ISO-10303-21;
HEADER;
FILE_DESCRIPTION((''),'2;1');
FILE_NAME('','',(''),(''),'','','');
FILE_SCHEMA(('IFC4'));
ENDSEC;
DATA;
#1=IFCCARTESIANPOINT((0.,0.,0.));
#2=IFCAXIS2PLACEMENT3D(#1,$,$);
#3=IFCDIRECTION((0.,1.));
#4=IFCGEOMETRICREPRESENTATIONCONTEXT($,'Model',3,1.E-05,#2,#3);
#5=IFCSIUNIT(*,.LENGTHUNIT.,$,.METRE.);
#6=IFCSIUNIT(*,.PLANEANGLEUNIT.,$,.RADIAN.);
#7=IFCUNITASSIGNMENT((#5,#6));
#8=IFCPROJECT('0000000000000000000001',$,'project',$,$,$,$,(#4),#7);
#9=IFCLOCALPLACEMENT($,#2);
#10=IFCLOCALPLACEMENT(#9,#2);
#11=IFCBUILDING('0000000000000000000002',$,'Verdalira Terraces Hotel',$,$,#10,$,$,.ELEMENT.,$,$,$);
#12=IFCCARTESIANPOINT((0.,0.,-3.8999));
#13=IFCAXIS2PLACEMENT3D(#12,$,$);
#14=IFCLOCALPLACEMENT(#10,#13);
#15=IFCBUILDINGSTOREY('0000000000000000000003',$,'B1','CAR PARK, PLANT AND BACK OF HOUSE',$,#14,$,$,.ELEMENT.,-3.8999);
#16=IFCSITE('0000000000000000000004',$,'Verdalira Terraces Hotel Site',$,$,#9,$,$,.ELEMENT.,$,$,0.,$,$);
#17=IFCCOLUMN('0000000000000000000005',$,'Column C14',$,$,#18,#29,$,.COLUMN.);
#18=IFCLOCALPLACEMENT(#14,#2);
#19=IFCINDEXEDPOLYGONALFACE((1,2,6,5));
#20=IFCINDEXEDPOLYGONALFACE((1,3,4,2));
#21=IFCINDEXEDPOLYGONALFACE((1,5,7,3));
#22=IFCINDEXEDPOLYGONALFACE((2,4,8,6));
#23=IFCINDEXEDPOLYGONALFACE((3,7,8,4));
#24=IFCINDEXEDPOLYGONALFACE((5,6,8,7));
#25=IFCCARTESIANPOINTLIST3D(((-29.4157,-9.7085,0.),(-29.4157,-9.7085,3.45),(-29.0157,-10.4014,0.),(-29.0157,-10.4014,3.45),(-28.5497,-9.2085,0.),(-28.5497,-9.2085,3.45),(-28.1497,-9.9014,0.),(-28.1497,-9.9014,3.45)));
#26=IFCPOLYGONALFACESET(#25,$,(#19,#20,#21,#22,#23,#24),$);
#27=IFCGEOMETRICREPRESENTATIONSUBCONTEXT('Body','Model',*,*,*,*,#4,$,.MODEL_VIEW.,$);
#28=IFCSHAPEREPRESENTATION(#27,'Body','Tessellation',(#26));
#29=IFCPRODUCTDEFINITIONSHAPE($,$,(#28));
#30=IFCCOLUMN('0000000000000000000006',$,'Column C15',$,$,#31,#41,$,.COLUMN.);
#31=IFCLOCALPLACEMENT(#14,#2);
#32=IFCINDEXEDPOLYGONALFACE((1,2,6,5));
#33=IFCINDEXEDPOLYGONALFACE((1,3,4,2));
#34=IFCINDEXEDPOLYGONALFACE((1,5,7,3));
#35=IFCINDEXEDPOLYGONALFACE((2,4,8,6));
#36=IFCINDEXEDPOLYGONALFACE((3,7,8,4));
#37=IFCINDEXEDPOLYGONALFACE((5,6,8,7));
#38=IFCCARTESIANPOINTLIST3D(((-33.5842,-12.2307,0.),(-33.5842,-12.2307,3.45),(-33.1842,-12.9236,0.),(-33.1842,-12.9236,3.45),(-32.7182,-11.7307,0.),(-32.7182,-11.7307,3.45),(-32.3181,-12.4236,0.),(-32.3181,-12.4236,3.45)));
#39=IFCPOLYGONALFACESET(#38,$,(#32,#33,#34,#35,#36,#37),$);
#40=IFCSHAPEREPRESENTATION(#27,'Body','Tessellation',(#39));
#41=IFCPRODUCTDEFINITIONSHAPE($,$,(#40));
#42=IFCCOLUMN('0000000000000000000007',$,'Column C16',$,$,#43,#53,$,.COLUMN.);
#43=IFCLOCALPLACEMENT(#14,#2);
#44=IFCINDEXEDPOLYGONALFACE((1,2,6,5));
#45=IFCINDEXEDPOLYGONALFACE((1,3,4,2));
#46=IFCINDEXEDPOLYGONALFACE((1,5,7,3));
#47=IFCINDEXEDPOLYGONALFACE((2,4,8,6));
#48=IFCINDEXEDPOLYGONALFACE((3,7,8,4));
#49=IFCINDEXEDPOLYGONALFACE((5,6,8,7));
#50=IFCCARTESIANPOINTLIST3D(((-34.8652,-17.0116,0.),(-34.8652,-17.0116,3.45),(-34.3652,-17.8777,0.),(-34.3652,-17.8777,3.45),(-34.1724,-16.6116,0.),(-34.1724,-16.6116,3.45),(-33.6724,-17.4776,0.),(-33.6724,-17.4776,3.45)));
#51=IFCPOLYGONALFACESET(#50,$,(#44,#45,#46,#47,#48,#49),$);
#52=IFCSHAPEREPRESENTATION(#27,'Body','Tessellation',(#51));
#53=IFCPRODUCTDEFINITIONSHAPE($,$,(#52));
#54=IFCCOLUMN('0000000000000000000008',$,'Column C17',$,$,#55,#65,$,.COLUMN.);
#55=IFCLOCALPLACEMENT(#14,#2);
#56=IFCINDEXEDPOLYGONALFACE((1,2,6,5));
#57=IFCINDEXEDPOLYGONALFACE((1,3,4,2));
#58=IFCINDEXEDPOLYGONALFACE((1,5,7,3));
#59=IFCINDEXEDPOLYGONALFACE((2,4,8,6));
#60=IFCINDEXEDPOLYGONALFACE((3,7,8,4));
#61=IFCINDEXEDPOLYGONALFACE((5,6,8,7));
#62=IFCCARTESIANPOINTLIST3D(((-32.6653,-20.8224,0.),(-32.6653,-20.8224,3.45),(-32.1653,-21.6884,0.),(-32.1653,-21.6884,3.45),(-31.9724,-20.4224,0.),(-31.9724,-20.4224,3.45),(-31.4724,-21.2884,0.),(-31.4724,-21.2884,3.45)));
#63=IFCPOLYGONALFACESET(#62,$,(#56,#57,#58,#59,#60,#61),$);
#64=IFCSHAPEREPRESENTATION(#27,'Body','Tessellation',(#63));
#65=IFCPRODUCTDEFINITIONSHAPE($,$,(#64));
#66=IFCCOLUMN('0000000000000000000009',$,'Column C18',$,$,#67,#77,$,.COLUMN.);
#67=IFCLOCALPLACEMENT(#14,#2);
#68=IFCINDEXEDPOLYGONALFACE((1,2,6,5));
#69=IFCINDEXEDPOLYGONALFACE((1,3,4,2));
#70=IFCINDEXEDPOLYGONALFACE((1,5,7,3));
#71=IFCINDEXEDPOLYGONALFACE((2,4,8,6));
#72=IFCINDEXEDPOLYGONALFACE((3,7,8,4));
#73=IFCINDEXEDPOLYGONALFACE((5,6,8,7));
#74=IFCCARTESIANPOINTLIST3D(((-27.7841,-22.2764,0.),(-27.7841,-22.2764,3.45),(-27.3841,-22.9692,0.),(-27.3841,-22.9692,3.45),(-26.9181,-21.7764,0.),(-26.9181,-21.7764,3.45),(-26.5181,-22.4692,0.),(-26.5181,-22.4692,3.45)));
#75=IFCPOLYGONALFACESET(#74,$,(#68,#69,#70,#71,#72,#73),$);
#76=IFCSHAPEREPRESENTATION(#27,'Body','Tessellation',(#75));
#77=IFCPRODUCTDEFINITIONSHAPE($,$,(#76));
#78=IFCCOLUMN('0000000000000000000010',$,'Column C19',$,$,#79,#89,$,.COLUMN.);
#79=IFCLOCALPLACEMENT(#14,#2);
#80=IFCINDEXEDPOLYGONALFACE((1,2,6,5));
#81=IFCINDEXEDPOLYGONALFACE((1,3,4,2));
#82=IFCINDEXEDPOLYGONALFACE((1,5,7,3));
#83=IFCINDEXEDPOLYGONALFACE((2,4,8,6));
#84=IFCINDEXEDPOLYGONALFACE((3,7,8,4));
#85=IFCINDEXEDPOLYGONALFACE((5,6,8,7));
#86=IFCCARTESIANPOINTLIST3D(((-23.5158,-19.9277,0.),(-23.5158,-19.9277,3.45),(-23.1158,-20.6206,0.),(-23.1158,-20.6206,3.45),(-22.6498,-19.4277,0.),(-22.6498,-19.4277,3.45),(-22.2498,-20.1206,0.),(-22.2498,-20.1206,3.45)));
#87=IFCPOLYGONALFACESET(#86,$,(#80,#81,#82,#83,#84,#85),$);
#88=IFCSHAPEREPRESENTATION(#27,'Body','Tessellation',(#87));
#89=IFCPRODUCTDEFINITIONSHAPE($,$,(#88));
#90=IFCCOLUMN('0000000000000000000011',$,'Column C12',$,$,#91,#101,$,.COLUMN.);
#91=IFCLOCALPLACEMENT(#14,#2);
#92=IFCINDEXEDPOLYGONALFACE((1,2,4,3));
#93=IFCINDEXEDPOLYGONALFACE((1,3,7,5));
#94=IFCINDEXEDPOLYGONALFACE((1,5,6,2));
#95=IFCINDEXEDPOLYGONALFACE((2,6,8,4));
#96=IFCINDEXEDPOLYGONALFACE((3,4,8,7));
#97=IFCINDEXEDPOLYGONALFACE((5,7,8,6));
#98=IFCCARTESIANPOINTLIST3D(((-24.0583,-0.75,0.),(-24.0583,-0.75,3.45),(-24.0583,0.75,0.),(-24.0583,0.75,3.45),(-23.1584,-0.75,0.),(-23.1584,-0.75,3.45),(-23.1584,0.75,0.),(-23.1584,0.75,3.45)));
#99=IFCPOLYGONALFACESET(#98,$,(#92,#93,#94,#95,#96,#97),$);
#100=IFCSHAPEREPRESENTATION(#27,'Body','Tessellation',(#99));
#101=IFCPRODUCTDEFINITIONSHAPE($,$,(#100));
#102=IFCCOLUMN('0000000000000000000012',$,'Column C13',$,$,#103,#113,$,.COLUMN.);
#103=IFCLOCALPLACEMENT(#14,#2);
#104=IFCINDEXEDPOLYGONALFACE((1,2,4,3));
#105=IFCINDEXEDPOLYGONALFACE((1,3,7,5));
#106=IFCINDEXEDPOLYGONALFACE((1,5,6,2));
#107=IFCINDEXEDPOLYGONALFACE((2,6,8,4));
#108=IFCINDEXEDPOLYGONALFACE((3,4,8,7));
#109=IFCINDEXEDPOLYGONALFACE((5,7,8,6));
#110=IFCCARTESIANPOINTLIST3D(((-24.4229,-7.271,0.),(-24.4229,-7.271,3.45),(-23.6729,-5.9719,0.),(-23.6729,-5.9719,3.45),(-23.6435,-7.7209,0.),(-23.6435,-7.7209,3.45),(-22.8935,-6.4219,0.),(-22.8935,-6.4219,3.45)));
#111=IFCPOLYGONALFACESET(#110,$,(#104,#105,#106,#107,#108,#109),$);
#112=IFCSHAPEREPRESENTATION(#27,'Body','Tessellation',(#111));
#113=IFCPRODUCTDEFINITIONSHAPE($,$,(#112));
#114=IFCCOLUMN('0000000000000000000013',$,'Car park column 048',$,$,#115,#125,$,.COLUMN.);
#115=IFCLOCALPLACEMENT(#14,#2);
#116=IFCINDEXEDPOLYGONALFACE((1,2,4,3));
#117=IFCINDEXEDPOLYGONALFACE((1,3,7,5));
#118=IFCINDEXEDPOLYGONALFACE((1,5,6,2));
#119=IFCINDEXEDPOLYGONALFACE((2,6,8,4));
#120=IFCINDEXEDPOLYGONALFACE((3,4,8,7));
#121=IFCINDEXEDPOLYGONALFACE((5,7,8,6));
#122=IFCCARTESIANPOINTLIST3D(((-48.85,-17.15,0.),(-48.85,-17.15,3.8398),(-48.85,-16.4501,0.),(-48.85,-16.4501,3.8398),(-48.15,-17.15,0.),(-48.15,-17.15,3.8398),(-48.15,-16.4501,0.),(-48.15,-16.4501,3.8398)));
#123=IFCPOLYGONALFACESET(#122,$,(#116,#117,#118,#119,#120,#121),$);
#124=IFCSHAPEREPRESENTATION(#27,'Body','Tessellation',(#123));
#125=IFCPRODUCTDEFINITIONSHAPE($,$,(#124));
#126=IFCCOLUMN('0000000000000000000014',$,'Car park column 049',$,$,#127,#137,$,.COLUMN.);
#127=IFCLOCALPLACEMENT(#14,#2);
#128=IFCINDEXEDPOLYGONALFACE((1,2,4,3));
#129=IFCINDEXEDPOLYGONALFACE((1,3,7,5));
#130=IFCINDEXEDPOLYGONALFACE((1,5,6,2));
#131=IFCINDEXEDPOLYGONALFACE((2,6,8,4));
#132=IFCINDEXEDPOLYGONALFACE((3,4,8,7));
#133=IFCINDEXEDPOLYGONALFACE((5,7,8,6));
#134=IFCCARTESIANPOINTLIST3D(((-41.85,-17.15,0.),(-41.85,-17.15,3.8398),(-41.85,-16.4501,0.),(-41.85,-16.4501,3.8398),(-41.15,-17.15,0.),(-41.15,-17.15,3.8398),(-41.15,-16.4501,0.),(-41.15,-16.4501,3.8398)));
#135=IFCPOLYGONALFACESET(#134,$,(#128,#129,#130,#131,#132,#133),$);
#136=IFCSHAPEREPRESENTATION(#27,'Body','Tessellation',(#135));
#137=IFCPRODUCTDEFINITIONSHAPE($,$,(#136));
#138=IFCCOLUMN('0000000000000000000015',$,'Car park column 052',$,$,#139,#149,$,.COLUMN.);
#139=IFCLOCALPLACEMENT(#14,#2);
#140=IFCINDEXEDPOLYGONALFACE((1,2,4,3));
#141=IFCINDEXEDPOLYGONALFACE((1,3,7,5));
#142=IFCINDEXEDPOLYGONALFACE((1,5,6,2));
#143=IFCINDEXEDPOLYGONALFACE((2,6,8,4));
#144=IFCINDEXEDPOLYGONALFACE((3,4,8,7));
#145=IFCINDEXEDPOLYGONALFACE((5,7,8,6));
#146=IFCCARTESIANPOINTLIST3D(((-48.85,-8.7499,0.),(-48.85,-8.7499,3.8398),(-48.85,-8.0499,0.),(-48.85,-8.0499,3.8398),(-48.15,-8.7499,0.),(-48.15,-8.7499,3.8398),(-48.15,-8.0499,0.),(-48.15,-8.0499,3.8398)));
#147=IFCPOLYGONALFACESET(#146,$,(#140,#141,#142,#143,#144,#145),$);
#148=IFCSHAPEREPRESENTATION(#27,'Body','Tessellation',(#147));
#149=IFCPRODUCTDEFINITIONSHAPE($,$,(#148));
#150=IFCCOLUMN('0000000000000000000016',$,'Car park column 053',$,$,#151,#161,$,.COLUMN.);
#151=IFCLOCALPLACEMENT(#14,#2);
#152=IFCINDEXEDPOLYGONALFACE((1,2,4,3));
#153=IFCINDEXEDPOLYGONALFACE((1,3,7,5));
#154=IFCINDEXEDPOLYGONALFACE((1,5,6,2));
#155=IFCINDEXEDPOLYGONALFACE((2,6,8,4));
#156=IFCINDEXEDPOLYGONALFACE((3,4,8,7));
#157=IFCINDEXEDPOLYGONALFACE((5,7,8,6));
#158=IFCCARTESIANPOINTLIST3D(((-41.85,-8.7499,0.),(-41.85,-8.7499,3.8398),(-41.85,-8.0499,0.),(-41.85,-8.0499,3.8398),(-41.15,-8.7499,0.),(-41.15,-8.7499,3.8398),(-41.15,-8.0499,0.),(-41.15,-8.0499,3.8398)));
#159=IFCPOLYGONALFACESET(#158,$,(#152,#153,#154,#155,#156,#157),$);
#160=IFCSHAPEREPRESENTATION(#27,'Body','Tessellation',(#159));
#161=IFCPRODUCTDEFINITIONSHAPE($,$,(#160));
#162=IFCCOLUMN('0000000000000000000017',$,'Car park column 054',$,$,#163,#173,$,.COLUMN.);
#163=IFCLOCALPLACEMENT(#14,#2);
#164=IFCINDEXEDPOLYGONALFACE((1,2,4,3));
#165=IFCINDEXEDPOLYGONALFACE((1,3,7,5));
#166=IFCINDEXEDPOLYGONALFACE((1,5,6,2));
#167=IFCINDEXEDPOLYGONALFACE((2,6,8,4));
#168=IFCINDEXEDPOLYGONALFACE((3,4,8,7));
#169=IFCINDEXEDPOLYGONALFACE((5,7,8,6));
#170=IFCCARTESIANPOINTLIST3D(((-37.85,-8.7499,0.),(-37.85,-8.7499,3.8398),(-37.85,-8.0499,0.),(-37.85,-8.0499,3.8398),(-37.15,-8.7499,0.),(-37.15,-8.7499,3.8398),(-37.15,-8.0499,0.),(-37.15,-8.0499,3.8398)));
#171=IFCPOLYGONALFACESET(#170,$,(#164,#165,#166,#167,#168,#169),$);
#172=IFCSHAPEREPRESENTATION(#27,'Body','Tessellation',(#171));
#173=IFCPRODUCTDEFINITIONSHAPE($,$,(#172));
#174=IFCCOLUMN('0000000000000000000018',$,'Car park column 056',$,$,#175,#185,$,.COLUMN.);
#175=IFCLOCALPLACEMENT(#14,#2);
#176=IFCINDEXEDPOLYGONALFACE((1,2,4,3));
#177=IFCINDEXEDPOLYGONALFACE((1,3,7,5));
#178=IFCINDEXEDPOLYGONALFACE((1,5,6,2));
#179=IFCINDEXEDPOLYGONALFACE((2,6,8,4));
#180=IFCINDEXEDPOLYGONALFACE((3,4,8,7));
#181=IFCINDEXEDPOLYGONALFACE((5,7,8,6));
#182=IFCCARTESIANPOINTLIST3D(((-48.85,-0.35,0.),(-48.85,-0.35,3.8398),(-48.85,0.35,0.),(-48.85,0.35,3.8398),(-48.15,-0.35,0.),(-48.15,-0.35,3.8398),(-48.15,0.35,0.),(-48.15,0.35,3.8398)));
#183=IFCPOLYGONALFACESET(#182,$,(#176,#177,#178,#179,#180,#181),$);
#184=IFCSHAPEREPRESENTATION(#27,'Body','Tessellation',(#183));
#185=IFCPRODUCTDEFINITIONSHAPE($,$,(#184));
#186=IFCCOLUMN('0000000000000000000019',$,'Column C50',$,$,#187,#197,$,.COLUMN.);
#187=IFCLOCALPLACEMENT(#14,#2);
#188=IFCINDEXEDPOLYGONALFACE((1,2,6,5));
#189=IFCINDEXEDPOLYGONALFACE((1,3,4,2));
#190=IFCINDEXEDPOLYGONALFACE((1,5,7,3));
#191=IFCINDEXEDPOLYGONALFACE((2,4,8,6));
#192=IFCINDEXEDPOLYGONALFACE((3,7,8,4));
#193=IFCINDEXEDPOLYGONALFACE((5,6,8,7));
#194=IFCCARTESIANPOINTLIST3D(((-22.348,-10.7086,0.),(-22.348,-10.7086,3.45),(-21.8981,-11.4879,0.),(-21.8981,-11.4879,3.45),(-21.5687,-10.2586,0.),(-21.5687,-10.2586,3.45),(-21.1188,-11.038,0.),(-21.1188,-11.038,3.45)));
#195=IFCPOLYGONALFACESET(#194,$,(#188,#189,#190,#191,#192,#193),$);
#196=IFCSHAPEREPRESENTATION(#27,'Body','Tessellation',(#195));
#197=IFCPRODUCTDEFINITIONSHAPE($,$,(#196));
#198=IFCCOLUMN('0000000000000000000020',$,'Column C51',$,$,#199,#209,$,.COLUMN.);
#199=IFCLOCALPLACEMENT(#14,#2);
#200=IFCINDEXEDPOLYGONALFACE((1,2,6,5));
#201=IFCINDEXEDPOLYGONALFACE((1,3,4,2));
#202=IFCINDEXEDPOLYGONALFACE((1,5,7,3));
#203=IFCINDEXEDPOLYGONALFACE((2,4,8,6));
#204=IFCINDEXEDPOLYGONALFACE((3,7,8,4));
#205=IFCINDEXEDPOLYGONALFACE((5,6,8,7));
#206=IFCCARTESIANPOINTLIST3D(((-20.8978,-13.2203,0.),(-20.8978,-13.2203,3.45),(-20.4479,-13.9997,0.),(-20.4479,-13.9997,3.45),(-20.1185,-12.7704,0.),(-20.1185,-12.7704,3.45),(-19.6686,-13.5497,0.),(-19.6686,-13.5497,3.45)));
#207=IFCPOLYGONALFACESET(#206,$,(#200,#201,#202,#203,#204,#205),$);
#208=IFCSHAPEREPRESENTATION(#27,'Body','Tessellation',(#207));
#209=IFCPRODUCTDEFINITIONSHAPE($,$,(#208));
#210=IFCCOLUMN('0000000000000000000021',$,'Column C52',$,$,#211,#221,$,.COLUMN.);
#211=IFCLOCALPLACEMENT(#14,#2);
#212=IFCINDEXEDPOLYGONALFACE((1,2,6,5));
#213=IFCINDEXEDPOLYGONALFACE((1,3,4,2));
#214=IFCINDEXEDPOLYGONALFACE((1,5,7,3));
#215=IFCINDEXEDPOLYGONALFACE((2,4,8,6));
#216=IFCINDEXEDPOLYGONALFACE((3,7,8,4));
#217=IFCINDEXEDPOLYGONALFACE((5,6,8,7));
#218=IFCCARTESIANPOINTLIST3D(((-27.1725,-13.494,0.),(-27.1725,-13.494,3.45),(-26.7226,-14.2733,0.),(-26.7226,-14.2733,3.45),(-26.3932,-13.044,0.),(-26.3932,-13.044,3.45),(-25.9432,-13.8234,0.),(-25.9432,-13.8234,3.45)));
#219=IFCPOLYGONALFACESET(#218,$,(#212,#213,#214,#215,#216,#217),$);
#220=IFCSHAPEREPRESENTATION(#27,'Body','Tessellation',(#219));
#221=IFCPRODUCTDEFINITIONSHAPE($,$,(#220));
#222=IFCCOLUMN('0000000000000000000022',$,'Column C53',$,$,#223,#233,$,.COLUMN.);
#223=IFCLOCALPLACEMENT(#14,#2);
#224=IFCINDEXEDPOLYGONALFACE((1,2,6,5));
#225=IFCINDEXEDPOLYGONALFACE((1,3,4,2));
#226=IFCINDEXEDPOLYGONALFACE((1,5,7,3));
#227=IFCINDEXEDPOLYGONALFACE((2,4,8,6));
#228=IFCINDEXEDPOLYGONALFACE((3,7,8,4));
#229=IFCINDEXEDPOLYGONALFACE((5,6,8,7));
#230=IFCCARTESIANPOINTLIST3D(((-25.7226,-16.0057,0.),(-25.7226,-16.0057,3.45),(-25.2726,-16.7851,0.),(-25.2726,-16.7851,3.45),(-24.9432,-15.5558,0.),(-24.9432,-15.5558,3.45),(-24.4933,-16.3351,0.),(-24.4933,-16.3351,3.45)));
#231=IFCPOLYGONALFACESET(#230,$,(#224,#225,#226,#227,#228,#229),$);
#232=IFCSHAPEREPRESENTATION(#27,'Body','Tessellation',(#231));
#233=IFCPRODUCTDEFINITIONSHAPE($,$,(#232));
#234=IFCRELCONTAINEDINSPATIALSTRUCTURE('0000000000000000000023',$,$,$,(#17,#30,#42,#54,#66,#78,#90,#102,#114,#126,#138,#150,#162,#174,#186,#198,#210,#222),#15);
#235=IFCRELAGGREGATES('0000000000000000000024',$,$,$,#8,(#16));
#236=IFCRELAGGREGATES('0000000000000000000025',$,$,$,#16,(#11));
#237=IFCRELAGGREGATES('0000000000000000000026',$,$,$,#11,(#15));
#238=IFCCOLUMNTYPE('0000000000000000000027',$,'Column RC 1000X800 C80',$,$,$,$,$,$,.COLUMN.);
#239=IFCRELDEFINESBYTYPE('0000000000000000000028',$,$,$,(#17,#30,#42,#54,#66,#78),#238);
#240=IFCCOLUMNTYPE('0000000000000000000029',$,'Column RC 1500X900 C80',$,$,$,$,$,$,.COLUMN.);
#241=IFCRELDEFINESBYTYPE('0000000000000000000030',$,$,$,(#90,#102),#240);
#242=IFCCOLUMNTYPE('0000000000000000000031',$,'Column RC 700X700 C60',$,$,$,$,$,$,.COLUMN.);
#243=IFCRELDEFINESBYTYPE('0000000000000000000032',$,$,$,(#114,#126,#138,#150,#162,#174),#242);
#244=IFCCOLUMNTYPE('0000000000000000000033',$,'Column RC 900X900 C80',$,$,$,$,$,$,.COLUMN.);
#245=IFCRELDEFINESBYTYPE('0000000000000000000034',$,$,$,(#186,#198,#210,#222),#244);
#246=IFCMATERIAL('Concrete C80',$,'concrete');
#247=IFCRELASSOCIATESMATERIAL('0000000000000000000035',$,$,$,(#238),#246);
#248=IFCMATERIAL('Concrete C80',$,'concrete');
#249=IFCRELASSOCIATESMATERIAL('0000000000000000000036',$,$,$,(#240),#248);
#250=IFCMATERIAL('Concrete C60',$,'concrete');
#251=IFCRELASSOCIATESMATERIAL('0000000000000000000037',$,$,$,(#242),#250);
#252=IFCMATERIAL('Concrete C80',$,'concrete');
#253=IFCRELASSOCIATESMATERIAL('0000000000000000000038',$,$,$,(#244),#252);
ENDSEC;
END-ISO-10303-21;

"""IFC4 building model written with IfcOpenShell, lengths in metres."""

from ifc_helpers import new_model, si_unit, direction, frame, origin, origin_2d, place, context, subcontext, project, spatial, rectangle, extrude, material, material_profile, profile_set, type_object, element, save


model = new_model("IFC4")

# Units and contexts
model_context = context("Model", 3, precision=1e-05, world=origin(), true_north=direction((0.0, 1.0)))
body_context = subcontext(model_context, "Body", "Model", "MODEL_VIEW")
ifc_project = project(units=[si_unit("LENGTHUNIT", "METRE"), si_unit("PLANEANGLEUNIT", "RADIAN")], contexts=[model_context])

# Site, building, storey
site_placement = place(None, origin())
site = spatial("IfcSite", under=ifc_project, at=site_placement, Name="Verdalira Terraces Hotel Site", CompositionType="ELEMENT", RefElevation=0.0)
building_placement = place(site_placement, origin())
building = spatial("IfcBuilding", under=site, at=building_placement, Name="Verdalira Terraces Hotel", CompositionType="ELEMENT")
storey_placement = place(building_placement, frame((0.0, 0.0, -3.8999)))
storey = spatial("IfcBuildingStorey", under=building, at=storey_placement, Name="B1", Description="CAR PARK, PLANT AND BACK OF HOUSE", CompositionType="ELEMENT", Elevation=-3.8999)

# Columns
ifc_material_1 = material(Name="Concrete C80", Category="concrete")
ifc_material_profile_1 = material_profile(ifc_material_1, rectangle(XDim=1.0, YDim=0.8, at=origin_2d()), Name="RC 1000X800")
ifc_profile_set_1 = profile_set([ifc_material_profile_1], Name="Concrete C80")
column_type_1 = type_object("IfcColumnType", Name="Column RC 1000X800 C80", PredefinedType="COLUMN", material=ifc_profile_set_1)
for number, where, z_axis, x_axis, name in (
    (1, (-28.7827, -9.8049, 0.0), (0.0, 0.0, 1.0), (-0.866025, -0.5, 0.0), "Column C14"),
    (2, (-32.9512, -12.3271, 0.0), (0.0, 0.0, 1.0), (-0.866025, -0.5, 0.0), "Column C15"),
    (3, (-34.2688, -17.2446, 0.0), (0.0, 0.0, 1.0), (0.5, -0.866025, 0.0), "Column C16"),
    (4, (-32.0688, -21.0554, 0.0), (0.0, 0.0, 1.0), (0.5, -0.866025, 0.0), "Column C17"),
    (5, (-27.1511, -22.3728, 0.0), (0.0, 0.0, 1.0), (0.866025, 0.5, 0.0), "Column C18"),
    (6, (-22.8828, -20.0242, 0.0), (0.0, 0.0, 1.0), (0.866025, 0.5, 0.0), "Column C19"),
):
    element("IfcColumn", number, at=place(storey_placement, frame(where, z_axis=z_axis, x_axis=x_axis)), inside=storey, type_object=column_type_1, Name=name, PredefinedType="COLUMN", context=body_context, shape_type="SweptSolid", body=[
        extrude(rectangle(XDim=1.0, YDim=0.8, at=origin_2d()), origin(), (0.0, 0.0, 1.0), 3.45),
    ])
ifc_material_2 = material(Name="Concrete C80", Category="concrete")
ifc_material_profile_2 = material_profile(ifc_material_2, rectangle(XDim=1.5, YDim=0.8999, at=origin_2d()), Name="RC 1500X900")
ifc_profile_set_2 = profile_set([ifc_material_profile_2], Name="Concrete C80")
column_type_2 = type_object("IfcColumnType", Name="Column RC 1500X900 C80", PredefinedType="COLUMN", material=ifc_profile_set_2)
for number, where, z_axis, x_axis, name in (
    (7, (-23.6084, 0.0, 0.0), (0.0, 0.0, 1.0), (0.0, -1.0, 0.0), "Column C12"),
    (8, (-23.6582, -6.8464, 0.0), (0.0, 0.0, 1.0), (0.5, 0.866025, 0.0), "Column C13"),
):
    element("IfcColumn", number, at=place(storey_placement, frame(where, z_axis=z_axis, x_axis=x_axis)), inside=storey, type_object=column_type_2, Name=name, PredefinedType="COLUMN", context=body_context, shape_type="SweptSolid", body=[
        extrude(rectangle(XDim=1.5, YDim=0.8999, at=origin_2d()), origin(), (0.0, 0.0, 1.0), 3.45),
    ])
ifc_material_3 = material(Name="Concrete C60", Category="concrete")
ifc_material_profile_3 = material_profile(ifc_material_3, rectangle(XDim=0.7, YDim=0.7, at=origin_2d()), Name="RC 700X700")
ifc_profile_set_3 = profile_set([ifc_material_profile_3], Name="Concrete C60")
column_type_3 = type_object("IfcColumnType", Name="Column RC 700X700 C60", PredefinedType="COLUMN", material=ifc_profile_set_3)
for number, where, z_axis, x_axis, name in (
    (9, (-48.5, -16.8, 0.0), (0.0, 0.0, 1.0), (1.0, 0.0, 0.0), "Car park column 048"),
    (10, (-41.5, -16.8, 0.0), (0.0, 0.0, 1.0), (1.0, 0.0, 0.0), "Car park column 049"),
    (11, (-48.5, -8.3999, 0.0), (0.0, 0.0, 1.0), (1.0, 0.0, 0.0), "Car park column 052"),
    (12, (-41.5, -8.3999, 0.0), (0.0, 0.0, 1.0), (1.0, 0.0, 0.0), "Car park column 053"),
    (13, (-37.5, -8.3999, 0.0), (0.0, 0.0, 1.0), (1.0, 0.0, 0.0), "Car park column 054"),
    (14, (-48.5, 0.0, 0.0), (0.0, 0.0, 1.0), (1.0, 0.0, 0.0), "Car park column 056"),
):
    element("IfcColumn", number, at=place(storey_placement, frame(where, z_axis=z_axis, x_axis=x_axis)), inside=storey, type_object=column_type_3, Name=name, PredefinedType="COLUMN", context=body_context, shape_type="SweptSolid", body=[
        extrude(rectangle(XDim=0.7, YDim=0.7, at=origin_2d()), origin(), (0.0, 0.0, 1.0), 3.8398),
    ])
ifc_material_4 = material(Name="Concrete C80", Category="concrete")
ifc_material_profile_4 = material_profile(ifc_material_4, rectangle(XDim=0.8999, YDim=0.8999, at=origin_2d()), Name="RC 900X900")
ifc_profile_set_4 = profile_set([ifc_material_profile_4], Name="Concrete C80")
column_type_4 = type_object("IfcColumnType", Name="Column RC 900X900 C80", PredefinedType="COLUMN", material=ifc_profile_set_4)
for number, where, z_axis, x_axis, name in (
    (15, (-21.7334, -10.8733, 0.0), (0.0, 0.0, 1.0), (-0.866025, -0.5, 0.0), "Column C50"),
    (16, (-20.2832, -13.385, 0.0), (0.0, 0.0, 1.0), (-0.866025, -0.5, 0.0), "Column C51"),
    (17, (-26.5579, -13.6587, 0.0), (0.0, 0.0, 1.0), (-0.866025, -0.5, 0.0), "Column C52"),
    (18, (-25.1079, -16.1704, 0.0), (0.0, 0.0, 1.0), (-0.866025, -0.5, 0.0), "Column C53"),
):
    element("IfcColumn", number, at=place(storey_placement, frame(where, z_axis=z_axis, x_axis=x_axis)), inside=storey, type_object=column_type_4, Name=name, PredefinedType="COLUMN", context=body_context, shape_type="SweptSolid", body=[
        extrude(rectangle(XDim=0.8999, YDim=0.8999, at=origin_2d()), origin(), (0.0, 0.0, 1.0), 3.45),
    ])

save(model, "model.ifc")
